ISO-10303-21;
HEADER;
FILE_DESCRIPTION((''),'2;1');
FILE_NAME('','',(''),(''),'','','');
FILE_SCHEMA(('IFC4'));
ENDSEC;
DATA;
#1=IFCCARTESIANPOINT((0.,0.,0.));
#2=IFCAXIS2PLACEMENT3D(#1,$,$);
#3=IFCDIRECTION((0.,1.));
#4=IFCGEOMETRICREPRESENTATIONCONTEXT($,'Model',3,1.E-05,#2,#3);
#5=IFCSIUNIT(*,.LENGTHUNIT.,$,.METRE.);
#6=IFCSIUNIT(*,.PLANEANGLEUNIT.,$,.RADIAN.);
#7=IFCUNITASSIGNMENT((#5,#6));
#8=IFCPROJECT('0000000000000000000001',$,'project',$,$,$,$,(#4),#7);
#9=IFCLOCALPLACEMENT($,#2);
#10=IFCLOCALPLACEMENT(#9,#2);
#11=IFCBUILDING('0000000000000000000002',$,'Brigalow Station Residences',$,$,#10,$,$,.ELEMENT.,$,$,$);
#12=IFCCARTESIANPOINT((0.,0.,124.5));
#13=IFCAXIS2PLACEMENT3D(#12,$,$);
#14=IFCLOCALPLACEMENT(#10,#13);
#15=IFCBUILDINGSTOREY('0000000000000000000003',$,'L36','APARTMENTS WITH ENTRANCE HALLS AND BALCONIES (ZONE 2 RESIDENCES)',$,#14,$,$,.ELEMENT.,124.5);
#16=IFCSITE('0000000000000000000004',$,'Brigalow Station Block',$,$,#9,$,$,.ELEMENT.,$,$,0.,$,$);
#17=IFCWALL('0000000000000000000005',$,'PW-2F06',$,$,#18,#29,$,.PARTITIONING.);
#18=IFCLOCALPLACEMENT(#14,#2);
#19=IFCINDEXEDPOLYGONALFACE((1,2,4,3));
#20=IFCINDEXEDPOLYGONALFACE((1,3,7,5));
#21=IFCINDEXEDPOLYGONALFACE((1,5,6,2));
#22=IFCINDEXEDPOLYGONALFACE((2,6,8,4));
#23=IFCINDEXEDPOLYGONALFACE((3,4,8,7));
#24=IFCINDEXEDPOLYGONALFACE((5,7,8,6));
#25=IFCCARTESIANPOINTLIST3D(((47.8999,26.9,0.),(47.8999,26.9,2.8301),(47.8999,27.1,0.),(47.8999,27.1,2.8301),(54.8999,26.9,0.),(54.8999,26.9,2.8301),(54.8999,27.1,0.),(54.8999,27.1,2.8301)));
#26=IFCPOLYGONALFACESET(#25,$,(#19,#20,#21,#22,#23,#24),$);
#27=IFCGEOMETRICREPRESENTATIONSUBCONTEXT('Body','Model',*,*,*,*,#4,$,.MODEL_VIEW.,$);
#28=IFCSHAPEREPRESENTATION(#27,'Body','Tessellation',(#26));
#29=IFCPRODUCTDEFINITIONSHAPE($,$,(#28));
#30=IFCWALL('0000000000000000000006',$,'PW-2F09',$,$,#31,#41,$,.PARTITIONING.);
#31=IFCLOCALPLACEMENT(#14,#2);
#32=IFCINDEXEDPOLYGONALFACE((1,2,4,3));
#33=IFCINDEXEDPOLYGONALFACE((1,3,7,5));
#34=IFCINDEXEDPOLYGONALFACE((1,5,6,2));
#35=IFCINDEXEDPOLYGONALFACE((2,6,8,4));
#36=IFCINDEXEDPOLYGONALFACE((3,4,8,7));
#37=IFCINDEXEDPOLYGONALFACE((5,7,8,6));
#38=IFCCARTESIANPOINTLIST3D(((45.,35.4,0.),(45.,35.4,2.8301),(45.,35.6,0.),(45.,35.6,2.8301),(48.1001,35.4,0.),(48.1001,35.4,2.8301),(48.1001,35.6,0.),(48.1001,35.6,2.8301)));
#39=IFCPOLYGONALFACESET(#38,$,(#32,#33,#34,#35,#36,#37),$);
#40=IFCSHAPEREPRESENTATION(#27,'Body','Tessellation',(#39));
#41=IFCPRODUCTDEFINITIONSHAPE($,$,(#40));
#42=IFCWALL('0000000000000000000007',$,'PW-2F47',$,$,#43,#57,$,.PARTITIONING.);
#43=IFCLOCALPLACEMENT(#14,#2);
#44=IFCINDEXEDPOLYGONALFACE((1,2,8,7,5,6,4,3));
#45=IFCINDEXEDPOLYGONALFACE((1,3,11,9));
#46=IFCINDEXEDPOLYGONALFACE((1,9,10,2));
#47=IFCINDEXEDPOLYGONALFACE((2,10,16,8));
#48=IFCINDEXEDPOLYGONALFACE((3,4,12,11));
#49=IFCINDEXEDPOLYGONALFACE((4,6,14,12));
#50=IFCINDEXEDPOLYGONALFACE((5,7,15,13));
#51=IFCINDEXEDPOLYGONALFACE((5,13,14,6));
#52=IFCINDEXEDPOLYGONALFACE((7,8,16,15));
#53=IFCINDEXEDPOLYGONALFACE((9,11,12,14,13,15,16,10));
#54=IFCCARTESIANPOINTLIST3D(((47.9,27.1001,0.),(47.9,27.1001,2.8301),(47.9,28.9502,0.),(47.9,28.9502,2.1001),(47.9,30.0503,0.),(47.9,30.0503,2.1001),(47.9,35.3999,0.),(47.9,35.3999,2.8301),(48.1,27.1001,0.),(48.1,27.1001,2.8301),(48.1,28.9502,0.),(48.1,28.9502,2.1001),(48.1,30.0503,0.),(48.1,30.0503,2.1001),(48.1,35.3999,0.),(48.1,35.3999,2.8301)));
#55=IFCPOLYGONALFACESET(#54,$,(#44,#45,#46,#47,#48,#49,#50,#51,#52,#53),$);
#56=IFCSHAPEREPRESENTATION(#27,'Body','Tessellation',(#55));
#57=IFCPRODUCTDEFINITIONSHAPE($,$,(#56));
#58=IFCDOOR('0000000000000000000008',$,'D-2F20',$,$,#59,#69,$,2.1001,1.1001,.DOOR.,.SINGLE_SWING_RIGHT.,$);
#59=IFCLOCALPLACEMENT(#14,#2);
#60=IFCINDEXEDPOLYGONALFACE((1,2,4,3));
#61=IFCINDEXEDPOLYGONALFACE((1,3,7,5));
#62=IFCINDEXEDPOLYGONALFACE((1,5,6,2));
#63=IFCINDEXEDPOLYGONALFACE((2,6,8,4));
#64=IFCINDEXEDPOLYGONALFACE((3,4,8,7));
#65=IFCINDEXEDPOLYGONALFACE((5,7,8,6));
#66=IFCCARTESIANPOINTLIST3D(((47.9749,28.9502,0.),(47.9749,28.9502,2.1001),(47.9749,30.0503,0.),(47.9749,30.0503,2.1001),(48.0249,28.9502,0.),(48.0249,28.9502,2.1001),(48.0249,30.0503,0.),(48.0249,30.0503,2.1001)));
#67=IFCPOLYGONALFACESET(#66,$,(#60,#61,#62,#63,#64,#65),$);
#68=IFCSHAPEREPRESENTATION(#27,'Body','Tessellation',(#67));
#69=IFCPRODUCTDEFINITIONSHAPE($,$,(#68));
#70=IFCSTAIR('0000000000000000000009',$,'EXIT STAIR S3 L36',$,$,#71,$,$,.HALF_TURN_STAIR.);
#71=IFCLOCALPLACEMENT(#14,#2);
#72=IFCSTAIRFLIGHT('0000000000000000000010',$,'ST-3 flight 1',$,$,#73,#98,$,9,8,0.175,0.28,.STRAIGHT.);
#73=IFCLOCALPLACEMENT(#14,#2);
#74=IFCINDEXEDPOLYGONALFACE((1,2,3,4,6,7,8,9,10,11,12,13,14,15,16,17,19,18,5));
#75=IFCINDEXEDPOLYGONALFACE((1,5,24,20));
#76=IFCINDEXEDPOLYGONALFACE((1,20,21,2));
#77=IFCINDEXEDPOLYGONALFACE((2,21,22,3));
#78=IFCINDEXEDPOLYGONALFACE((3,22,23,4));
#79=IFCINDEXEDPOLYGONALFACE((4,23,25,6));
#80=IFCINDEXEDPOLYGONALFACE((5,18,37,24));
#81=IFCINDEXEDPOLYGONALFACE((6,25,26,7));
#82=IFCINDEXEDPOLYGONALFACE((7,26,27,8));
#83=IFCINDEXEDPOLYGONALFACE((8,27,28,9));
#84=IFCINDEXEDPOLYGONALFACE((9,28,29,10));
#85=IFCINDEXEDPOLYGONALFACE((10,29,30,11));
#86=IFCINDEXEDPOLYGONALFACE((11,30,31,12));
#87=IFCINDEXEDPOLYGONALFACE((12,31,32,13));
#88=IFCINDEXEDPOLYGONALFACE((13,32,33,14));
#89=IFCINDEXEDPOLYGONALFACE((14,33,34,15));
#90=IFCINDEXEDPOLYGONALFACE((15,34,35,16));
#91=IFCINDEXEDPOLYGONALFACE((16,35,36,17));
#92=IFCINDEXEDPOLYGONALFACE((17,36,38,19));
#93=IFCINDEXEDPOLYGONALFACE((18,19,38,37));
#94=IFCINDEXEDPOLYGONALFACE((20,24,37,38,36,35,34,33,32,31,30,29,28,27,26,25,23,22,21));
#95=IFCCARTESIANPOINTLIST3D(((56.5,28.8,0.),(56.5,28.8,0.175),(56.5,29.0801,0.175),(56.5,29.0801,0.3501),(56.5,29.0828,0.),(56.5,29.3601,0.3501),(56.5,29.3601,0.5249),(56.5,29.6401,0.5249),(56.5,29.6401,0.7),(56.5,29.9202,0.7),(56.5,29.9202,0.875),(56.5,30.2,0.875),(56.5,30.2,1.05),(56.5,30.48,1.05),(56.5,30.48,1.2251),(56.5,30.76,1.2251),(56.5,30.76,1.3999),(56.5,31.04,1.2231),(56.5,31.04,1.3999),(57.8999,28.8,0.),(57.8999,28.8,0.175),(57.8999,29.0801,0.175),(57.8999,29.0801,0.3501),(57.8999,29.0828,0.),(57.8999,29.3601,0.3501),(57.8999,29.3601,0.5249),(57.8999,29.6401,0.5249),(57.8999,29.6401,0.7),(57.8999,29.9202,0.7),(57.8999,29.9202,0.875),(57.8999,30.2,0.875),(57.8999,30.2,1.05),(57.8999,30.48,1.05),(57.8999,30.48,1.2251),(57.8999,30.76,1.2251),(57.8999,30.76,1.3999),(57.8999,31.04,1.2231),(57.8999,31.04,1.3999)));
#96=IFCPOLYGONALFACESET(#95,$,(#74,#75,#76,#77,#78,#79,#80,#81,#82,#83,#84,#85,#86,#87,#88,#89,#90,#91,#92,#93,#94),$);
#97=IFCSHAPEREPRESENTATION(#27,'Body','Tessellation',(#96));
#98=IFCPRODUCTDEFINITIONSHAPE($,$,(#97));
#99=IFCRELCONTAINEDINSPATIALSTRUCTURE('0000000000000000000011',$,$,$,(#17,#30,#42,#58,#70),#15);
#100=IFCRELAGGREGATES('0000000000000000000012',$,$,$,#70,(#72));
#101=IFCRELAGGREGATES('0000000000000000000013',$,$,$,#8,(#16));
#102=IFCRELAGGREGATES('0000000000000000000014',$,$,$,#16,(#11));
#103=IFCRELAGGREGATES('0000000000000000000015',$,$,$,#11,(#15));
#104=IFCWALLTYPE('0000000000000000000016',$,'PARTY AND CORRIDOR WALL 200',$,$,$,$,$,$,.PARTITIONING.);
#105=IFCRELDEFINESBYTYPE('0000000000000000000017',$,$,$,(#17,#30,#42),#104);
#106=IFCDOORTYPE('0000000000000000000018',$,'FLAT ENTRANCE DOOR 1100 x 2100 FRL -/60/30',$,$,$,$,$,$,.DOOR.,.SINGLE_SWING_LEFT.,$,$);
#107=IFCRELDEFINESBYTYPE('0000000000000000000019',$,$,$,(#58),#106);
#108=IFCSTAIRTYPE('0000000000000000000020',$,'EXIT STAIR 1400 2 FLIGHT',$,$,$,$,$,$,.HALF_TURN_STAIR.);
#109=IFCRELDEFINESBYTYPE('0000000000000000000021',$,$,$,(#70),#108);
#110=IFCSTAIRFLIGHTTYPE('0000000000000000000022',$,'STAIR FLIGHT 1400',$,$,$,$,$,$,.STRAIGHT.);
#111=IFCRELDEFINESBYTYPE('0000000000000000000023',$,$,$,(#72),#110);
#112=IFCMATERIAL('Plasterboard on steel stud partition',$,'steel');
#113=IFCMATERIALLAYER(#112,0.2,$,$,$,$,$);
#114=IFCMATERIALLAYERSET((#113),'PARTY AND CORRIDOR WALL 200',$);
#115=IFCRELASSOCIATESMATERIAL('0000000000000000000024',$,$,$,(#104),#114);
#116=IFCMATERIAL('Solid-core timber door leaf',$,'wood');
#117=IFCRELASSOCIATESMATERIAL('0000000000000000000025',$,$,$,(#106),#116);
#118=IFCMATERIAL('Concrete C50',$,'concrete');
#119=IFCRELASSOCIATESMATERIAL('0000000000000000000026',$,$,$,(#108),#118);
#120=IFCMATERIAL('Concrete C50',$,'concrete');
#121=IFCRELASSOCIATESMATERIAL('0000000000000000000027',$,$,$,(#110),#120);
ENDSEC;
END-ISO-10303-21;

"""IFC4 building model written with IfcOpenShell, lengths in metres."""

from ifc_helpers import new_model, si_unit, direction, frame, frame_2d, origin, place, context, subcontext, project, spatial, polyline, rectangle, outline, extrude, material, layer, layer_set, type_object, element, fill, aggregate, save


model = new_model("IFC4")

# Units and contexts
model_context = context("Model", 3, precision=1e-05, world=origin(), true_north=direction((0.0, 1.0)))
body_context = subcontext(model_context, "Body", "Model", "MODEL_VIEW")
ifc_project = project(units=[si_unit("LENGTHUNIT", "METRE"), si_unit("PLANEANGLEUNIT", "RADIAN")], contexts=[model_context])

# Site, building, storey
site_placement = place(None, origin())
site = spatial("IfcSite", under=ifc_project, at=site_placement, Name="Brigalow Station Block", CompositionType="ELEMENT", RefElevation=0.0)
building_placement = place(site_placement, origin())
building = spatial("IfcBuilding", under=site, at=building_placement, Name="Brigalow Station Residences", CompositionType="ELEMENT")
storey_placement = place(building_placement, frame((0.0, 0.0, 124.5)))
storey = spatial("IfcBuildingStorey", under=building, at=storey_placement, Name="L36", Description="APARTMENTS WITH ENTRANCE HALLS AND BALCONIES (ZONE 2 RESIDENCES)", CompositionType="ELEMENT", Elevation=124.5)

# Walls
ifc_material_1 = material(Name="Plasterboard on steel stud partition", Category="steel")
ifc_layer_1 = layer(ifc_material_1, 0.2)
ifc_layer_set_1 = layer_set([ifc_layer_1], Name="PARTY AND CORRIDOR WALL 200")
wall_type_1 = type_object("IfcWallType", Name="PARTY AND CORRIDOR WALL 200", PredefinedType="PARTITIONING", material=ifc_layer_set_1)
wall_1_placement = place(storey_placement, frame((47.8999, 27.0, 0.0), z_axis=(0.0, 0.0, 1.0), x_axis=(1.0, 0.0, 0.0)))
element("IfcWall", 1, at=wall_1_placement, inside=storey, type_object=wall_type_1, Name="PW-2F06", PredefinedType="PARTITIONING", context=body_context, shape_type="SweptSolid", body=[
    extrude(rectangle(XDim=7.0, YDim=0.2, at=frame_2d((3.5, 0.0))), origin(), (0.0, 0.0, 1.0), 2.8301),
])
wall_2_placement = place(storey_placement, frame((45.0, 35.5, 0.0), z_axis=(0.0, 0.0, 1.0), x_axis=(1.0, 0.0, 0.0)))
element("IfcWall", 2, at=wall_2_placement, inside=storey, type_object=wall_type_1, Name="PW-2F09", PredefinedType="PARTITIONING", context=body_context, shape_type="SweptSolid", body=[
    extrude(rectangle(XDim=3.1001, YDim=0.2, at=frame_2d((1.55, 0.0))), origin(), (0.0, 0.0, 1.0), 2.8301),
])

# Wall, opening, door
wall_3_placement = place(storey_placement, frame((48.0, 27.1001, 0.0), z_axis=(0.0, 0.0, 1.0), x_axis=(0.0, 1.0, 0.0)))
wall_3 = element("IfcWall", 3, at=wall_3_placement, inside=storey, type_object=wall_type_1, Name="PW-2F47", PredefinedType="PARTITIONING", context=body_context, shape_type="SweptSolid", body=[
    extrude(rectangle(XDim=8.2998, YDim=0.2, at=frame_2d((4.1499, 0.0))), origin(), (0.0, 0.0, 1.0), 2.8301),
])
opening_1_placement = place(wall_3_placement, frame((1.8501, 0.0, 0.0)))
opening_1 = element("IfcOpeningElement", 4, at=opening_1_placement, cuts=wall_3, PredefinedType="OPENING", context=body_context, shape_type="SweptSolid", body=[
    extrude(rectangle(XDim=1.1001, YDim=2.1001, at=frame_2d((0.55, 1.05))), frame((0.0, 0.1099, 0.0), z_axis=(0.0, -1.0, 0.0), x_axis=(1.0, 0.0, 0.0)), (0.0, 0.0, 1.0), 0.22),
])
ifc_material_2 = material(Name="Solid-core timber door leaf", Category="wood")
door_type_1 = type_object("IfcDoorType", Name="FLAT ENTRANCE DOOR 1100 x 2100 FRL -/60/30", OperationType="SINGLE_SWING_LEFT", PredefinedType="DOOR", material=ifc_material_2)
door_1_placement = place(opening_1_placement, frame((1.1001, 0.0, 0.0), z_axis=(0.0, 0.0, 1.0), x_axis=(-1.0, 0.0, 0.0)))
door_1 = element("IfcDoor", 5, at=door_1_placement, inside=storey, type_object=door_type_1, Name="D-2F20", OperationType="SINGLE_SWING_RIGHT", OverallHeight=2.1001, OverallWidth=1.1001, PredefinedType="DOOR", context=body_context, shape_type="SweptSolid", body=[
    extrude(rectangle(XDim=1.1001, YDim=2.1001, at=frame_2d((0.55, 1.05))), frame((0.0, 0.0249, 0.0), z_axis=(0.0, -1.0, 0.0), x_axis=(1.0, 0.0, 0.0)), (0.0, 0.0, 1.0), 0.05),
])
fill(opening_1, door_1)

# Stair, stair flight
ifc_material_3 = material(Name="Concrete C50", Category="concrete")
stair_type = type_object("IfcStairType", Name="EXIT STAIR 1400 2 FLIGHT", PredefinedType="HALF_TURN_STAIR", material=ifc_material_3)
stair_placement = place(storey_placement, origin())
stair = element("IfcStair", 6, at=stair_placement, inside=storey, type_object=stair_type, Name="EXIT STAIR S3 L36", PredefinedType="HALF_TURN_STAIR")
ifc_material_4 = material(Name="Concrete C50", Category="concrete")
stair_flight_type = type_object("IfcStairFlightType", Name="STAIR FLIGHT 1400", PredefinedType="STRAIGHT", material=ifc_material_4)
stair_flight_placement = place(storey_placement, frame((57.2, 28.8, 0.0), z_axis=(0.0, 0.0, 1.0), x_axis=(0.0, 1.0, 0.0)))
stair_flight = element("IfcStairFlight", 7, at=stair_flight_placement, type_object=stair_flight_type, Name="ST-3 flight 1", NumberOfRisers=9, NumberOfTreads=8, PredefinedType="STRAIGHT", RiserHeight=0.175, TreadLength=0.28, context=body_context, shape_type="SweptSolid", body=[
    extrude(outline(polyline([(0.0, 0.0), (0.0, 0.175), (0.28, 0.175), (0.28, 0.3501), (0.5601, 0.3501), (0.5601, 0.5249), (0.8401, 0.5249), (0.8401, 0.7), (1.1201, 0.7), (1.1201, 0.875), (1.3999, 0.875), (1.3999, 1.05), (1.6799, 1.05), (1.6799, 1.2251), (1.96, 1.2251), (1.96, 1.3999), (2.24, 1.3999), (2.24, 1.575), (2.24, 1.2231), (0.2827, 0.0), (0.0, 0.0)])), frame((0.0, 0.7, 0.0), z_axis=(0.0, -1.0, 0.0), x_axis=(1.0, 0.0, 0.0)), (0.0, 0.0, 1.0), 1.3999),
])
aggregate(stair, [stair_flight])

save(model, "model.ifc")
